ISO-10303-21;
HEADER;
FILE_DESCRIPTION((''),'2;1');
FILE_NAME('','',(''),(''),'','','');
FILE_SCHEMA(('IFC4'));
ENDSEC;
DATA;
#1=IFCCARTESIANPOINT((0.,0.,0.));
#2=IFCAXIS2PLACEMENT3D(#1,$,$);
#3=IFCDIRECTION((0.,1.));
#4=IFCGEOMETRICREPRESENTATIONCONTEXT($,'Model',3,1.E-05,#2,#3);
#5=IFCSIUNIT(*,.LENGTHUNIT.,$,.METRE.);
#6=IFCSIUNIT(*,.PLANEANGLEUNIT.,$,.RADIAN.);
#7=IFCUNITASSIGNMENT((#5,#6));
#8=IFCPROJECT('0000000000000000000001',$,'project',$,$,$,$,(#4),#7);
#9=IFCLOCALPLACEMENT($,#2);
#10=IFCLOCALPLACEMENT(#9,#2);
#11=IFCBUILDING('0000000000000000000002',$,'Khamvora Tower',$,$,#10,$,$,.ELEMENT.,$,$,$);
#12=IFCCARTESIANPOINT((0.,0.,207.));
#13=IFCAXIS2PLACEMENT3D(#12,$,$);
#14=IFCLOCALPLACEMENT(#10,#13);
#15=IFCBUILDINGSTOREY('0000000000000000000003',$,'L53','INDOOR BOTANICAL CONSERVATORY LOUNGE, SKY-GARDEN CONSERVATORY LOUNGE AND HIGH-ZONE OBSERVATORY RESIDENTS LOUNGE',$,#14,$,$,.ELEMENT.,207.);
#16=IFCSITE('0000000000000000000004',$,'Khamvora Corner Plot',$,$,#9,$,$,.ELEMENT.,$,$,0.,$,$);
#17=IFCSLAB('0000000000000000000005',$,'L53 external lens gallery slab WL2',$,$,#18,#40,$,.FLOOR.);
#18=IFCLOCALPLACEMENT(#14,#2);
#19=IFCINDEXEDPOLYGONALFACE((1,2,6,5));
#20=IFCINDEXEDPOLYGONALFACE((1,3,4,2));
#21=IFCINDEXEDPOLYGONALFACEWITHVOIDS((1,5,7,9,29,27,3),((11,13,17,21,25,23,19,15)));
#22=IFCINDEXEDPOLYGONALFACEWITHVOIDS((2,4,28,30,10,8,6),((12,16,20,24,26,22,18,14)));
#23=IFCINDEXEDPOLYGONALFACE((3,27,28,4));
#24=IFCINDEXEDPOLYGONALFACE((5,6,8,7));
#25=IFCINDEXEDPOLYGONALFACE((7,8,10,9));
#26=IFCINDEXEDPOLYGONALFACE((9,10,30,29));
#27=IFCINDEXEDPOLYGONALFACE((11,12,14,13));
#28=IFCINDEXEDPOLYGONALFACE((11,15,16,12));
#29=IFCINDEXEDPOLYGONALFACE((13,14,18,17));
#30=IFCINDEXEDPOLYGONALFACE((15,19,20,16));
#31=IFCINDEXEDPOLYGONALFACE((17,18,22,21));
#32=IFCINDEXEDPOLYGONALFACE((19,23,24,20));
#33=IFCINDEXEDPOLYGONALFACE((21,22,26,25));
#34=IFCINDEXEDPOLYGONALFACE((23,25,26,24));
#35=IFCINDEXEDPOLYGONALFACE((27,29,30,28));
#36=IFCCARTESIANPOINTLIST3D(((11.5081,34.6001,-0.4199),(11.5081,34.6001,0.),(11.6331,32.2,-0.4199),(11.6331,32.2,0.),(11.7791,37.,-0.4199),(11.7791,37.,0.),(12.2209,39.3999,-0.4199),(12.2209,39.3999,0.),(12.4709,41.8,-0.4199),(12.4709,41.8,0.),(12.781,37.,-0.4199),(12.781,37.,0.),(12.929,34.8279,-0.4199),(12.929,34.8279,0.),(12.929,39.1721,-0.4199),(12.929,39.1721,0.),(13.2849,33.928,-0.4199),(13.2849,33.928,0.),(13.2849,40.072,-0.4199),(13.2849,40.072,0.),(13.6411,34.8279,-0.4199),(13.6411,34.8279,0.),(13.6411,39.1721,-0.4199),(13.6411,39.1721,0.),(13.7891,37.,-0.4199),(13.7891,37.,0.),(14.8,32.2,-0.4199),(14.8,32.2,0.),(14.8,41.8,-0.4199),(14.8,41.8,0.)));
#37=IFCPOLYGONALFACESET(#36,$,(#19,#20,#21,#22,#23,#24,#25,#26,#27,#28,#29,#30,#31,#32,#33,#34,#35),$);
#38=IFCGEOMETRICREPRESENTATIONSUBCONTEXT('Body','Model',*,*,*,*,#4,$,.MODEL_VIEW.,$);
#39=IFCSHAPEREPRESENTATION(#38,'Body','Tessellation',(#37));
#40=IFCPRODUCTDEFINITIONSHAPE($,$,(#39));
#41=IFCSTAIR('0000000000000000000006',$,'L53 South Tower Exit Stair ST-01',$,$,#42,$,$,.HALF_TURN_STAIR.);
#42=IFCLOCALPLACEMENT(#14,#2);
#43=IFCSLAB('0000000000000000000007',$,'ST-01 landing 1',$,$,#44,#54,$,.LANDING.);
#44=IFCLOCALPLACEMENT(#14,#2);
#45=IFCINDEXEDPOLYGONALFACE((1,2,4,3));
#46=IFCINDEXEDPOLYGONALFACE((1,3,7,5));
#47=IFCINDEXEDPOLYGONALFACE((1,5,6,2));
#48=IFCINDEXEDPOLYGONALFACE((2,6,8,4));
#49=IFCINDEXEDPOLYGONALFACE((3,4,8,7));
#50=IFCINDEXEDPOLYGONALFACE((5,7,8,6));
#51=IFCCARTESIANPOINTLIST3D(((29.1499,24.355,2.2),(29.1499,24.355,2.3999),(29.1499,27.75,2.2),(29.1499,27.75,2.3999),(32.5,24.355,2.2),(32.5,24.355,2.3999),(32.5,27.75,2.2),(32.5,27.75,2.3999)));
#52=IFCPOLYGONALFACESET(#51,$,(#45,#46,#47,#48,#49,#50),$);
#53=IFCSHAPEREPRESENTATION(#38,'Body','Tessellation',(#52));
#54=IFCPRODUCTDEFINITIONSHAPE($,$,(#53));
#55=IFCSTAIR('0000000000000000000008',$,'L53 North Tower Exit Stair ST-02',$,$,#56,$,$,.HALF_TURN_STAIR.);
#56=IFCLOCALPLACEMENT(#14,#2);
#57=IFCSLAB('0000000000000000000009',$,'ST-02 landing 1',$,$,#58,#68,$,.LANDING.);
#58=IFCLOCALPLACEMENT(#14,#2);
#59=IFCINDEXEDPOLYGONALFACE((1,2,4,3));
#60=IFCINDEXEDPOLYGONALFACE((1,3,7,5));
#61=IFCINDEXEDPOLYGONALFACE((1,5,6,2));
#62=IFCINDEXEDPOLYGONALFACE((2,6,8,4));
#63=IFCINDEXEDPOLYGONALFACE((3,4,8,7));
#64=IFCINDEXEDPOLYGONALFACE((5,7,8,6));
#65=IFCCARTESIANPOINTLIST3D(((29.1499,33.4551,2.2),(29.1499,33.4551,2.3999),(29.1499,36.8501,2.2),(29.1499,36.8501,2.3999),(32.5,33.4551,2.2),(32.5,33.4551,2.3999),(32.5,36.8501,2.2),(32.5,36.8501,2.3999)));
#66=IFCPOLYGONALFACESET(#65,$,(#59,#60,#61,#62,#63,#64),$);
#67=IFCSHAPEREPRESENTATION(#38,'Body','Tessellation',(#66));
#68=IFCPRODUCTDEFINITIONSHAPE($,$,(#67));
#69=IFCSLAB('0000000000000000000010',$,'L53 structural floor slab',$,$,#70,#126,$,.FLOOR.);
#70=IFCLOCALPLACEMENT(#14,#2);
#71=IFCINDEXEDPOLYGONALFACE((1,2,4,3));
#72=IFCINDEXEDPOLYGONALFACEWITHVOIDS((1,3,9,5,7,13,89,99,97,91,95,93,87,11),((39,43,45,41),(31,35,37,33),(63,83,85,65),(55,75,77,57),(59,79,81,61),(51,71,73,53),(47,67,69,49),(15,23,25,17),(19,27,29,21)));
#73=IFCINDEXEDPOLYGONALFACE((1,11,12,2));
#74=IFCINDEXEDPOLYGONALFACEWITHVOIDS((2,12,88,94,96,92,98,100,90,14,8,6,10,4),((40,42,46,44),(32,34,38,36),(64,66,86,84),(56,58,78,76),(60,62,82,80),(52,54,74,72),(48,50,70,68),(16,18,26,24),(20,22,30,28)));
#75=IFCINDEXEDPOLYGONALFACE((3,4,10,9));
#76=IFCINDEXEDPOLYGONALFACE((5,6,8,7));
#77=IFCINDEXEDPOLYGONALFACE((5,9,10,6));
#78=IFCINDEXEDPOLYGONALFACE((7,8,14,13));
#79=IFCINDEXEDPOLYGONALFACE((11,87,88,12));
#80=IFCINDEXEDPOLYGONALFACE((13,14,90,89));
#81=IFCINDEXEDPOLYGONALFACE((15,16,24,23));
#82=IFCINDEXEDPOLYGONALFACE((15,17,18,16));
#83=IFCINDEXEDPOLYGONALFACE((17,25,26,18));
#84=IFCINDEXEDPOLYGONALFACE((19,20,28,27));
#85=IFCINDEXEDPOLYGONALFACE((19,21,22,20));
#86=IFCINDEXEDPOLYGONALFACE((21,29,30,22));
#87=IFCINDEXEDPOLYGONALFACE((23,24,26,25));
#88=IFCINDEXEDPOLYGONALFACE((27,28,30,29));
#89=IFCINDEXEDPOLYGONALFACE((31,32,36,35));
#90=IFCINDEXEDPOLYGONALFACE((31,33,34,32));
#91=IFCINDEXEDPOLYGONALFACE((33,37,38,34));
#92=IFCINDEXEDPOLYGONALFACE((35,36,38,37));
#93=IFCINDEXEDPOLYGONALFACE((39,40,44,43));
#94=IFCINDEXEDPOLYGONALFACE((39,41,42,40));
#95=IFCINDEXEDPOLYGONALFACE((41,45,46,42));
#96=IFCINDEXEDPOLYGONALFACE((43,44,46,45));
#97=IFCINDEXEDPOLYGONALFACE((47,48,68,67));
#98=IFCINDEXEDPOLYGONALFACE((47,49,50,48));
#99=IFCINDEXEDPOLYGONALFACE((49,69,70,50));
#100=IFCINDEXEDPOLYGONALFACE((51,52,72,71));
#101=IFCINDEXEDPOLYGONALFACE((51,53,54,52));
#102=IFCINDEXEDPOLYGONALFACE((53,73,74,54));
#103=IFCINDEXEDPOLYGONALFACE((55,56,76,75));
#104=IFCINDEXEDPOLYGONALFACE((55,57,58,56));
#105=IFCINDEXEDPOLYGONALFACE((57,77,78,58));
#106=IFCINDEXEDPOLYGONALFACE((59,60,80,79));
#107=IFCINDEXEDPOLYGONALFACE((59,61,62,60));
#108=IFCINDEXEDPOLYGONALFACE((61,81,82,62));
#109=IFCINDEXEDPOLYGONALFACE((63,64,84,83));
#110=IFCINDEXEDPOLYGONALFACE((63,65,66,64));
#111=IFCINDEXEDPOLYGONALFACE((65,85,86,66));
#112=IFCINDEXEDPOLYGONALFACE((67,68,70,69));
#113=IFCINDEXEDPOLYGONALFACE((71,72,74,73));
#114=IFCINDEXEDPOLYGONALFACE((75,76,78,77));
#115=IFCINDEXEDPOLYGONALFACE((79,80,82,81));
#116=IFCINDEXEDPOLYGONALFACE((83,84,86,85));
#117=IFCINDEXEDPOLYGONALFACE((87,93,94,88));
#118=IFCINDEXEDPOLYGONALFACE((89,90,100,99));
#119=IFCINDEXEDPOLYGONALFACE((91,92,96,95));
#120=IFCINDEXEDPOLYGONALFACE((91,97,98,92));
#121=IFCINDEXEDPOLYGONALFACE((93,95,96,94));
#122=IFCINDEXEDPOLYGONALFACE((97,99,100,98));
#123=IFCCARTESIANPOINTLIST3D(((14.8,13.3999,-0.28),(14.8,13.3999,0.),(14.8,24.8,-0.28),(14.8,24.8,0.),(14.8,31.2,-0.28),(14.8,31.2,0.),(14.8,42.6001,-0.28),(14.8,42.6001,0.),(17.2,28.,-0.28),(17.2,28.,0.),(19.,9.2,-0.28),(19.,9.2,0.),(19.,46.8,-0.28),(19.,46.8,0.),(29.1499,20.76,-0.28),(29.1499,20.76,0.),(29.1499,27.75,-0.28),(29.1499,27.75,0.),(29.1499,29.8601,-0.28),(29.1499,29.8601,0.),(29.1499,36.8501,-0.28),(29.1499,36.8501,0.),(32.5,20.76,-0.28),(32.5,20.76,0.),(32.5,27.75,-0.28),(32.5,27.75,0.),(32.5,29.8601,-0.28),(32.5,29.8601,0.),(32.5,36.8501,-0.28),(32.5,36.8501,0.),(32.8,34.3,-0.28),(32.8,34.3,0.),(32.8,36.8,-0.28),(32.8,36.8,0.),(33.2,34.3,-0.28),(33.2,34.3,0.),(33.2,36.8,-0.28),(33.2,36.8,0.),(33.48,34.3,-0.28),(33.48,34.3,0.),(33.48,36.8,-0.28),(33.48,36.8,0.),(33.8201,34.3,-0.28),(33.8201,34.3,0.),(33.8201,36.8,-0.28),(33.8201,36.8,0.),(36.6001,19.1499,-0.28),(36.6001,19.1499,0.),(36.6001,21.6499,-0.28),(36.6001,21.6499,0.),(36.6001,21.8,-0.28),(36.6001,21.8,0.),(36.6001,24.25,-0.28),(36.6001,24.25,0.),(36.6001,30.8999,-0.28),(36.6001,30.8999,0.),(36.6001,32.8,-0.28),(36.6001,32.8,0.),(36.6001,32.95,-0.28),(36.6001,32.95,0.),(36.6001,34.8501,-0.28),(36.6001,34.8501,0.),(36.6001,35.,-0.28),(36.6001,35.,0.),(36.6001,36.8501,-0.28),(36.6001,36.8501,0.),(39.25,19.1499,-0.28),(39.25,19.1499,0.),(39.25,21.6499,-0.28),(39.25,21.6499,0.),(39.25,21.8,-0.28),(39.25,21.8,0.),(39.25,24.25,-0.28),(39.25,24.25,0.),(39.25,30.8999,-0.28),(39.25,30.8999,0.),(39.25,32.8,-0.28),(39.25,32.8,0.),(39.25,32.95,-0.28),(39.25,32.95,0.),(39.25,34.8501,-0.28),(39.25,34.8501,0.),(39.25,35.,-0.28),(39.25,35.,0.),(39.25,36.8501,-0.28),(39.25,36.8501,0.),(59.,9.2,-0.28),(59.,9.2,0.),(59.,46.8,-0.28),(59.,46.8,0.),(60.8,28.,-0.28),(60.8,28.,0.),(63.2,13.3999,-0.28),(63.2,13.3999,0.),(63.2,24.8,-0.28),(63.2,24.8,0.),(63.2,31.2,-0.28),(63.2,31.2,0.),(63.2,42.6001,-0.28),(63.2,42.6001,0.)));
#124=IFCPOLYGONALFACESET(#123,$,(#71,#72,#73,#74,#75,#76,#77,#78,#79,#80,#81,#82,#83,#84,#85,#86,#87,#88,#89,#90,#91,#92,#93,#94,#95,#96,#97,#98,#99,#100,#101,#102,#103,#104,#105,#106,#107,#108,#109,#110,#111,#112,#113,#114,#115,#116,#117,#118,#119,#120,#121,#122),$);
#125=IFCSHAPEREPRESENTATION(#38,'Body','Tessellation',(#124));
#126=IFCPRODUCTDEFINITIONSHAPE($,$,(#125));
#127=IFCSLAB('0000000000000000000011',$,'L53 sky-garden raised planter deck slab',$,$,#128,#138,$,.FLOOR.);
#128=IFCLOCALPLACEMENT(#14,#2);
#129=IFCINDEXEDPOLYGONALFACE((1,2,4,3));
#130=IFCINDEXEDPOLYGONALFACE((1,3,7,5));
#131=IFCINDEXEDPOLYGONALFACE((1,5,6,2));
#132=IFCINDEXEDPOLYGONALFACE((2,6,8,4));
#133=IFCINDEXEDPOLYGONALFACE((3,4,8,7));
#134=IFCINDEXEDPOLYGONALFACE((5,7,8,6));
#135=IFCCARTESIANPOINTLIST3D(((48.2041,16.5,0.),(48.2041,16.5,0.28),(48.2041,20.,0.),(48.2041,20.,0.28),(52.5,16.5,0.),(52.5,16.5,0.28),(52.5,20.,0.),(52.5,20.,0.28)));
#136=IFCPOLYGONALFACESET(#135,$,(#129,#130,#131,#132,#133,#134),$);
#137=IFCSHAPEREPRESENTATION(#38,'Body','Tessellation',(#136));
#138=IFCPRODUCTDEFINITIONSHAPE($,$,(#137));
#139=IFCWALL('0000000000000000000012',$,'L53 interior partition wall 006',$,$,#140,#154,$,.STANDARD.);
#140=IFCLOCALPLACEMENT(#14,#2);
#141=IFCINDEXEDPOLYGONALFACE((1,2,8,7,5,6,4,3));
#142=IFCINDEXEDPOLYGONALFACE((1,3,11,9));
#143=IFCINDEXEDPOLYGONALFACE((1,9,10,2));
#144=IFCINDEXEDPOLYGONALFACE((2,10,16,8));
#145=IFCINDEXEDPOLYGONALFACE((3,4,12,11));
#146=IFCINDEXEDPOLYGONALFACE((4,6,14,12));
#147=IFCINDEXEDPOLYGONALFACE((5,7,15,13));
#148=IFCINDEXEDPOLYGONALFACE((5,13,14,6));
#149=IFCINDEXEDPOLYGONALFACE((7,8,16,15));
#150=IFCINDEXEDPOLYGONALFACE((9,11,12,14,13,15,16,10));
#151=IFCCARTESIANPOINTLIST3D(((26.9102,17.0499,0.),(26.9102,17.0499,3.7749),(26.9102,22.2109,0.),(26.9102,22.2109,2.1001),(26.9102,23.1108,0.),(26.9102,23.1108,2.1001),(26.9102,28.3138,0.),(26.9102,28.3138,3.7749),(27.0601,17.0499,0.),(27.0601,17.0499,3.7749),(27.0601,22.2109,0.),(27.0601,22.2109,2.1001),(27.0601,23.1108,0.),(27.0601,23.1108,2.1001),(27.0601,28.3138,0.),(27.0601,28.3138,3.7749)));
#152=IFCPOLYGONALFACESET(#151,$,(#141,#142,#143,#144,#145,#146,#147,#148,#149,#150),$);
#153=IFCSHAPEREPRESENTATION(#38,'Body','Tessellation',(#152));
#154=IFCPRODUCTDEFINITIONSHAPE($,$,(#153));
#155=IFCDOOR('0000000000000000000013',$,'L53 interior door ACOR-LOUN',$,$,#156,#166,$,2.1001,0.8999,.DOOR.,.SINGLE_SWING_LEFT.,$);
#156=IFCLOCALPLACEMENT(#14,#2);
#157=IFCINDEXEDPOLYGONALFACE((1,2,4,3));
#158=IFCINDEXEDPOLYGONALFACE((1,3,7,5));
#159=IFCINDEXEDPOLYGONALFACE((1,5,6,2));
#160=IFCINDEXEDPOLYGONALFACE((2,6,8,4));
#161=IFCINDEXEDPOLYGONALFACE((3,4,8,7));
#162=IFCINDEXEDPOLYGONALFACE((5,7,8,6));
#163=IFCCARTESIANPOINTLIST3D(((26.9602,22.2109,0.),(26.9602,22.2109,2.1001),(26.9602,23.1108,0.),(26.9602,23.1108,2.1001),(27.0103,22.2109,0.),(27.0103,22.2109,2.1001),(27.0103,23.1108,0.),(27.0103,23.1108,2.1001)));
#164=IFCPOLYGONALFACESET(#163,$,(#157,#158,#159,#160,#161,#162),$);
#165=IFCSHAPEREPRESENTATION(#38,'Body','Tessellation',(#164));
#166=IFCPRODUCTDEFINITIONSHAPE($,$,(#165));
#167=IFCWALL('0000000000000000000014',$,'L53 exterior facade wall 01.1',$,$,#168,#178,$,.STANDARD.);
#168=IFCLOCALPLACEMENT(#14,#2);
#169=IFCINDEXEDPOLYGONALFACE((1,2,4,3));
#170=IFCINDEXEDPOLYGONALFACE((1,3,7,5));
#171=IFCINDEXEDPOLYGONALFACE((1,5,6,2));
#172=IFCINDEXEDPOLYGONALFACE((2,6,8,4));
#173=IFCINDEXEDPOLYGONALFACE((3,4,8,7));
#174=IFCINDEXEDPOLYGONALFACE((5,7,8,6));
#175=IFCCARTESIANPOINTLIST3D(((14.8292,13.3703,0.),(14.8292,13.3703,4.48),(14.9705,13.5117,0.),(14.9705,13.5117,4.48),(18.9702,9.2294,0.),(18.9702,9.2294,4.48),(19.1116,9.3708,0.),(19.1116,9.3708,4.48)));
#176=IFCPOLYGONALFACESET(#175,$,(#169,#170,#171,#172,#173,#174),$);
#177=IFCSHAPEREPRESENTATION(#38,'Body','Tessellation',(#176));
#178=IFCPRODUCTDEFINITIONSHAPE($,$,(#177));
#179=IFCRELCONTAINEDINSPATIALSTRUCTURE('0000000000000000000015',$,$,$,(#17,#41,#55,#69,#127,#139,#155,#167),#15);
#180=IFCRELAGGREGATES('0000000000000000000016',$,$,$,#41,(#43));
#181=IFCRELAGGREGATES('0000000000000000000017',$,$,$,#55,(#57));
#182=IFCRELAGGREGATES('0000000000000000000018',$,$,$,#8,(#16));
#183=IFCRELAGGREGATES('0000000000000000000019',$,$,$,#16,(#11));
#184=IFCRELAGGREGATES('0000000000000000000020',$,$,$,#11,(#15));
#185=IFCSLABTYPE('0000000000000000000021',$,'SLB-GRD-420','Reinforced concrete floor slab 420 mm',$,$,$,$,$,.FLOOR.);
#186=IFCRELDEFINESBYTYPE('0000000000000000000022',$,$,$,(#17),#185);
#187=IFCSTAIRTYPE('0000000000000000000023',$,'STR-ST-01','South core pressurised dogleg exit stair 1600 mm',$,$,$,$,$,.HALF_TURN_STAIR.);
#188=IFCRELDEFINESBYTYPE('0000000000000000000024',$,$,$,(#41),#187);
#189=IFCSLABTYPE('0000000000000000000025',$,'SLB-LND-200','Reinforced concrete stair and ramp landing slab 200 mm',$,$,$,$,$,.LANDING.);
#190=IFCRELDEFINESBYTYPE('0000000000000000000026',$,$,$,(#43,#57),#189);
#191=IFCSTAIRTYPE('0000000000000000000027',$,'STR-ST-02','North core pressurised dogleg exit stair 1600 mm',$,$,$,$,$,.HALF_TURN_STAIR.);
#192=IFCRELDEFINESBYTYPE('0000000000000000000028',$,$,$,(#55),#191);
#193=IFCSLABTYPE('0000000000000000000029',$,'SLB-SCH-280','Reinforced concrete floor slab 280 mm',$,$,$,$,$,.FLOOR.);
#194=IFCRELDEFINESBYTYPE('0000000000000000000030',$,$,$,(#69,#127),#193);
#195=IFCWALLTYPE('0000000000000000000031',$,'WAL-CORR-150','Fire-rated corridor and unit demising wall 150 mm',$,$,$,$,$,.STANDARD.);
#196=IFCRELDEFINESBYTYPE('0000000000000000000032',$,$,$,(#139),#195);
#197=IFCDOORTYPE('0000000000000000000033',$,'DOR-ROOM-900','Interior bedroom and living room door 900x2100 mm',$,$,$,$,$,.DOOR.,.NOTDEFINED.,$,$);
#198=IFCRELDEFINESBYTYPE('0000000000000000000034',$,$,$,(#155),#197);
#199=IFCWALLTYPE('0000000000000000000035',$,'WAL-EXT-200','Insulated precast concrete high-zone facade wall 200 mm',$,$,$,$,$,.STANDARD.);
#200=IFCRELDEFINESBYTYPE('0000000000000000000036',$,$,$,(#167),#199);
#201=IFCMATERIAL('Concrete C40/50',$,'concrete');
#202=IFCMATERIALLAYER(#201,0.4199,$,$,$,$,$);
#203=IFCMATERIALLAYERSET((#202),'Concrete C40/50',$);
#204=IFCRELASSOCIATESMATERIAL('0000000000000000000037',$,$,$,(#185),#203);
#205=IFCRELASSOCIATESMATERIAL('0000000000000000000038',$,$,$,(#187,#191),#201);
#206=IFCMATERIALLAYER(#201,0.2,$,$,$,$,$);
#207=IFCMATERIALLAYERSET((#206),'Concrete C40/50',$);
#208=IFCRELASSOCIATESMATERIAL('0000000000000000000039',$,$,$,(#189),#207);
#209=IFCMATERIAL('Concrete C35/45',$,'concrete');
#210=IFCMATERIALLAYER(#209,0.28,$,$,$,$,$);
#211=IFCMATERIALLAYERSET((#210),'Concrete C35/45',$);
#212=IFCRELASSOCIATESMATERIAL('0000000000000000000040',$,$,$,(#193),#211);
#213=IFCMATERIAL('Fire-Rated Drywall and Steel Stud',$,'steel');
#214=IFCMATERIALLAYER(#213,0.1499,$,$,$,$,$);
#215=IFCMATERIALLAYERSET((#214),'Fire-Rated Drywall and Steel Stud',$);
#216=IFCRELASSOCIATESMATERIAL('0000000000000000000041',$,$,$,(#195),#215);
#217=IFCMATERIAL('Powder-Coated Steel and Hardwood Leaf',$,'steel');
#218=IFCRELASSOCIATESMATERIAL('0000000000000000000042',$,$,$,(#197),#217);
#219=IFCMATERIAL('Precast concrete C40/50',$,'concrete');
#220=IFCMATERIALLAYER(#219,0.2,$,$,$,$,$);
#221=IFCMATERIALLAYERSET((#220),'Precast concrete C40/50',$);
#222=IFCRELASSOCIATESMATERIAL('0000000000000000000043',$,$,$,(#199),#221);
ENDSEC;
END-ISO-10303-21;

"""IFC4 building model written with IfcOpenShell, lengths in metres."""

from ifc_helpers import new_model, si_unit, direction, frame, frame_2d, origin, place, context, subcontext, project, spatial, polyline, rectangle, outline, extrude, material, layer, layer_set, type_object, element, fill, aggregate, save


model = new_model("IFC4")

# Units and contexts
model_context = context("Model", 3, precision=1e-05, world=origin(), true_north=direction((0.0, 1.0)))
body_context = subcontext(model_context, "Body", "Model", "MODEL_VIEW")
ifc_project = project(units=[si_unit("LENGTHUNIT", "METRE"), si_unit("PLANEANGLEUNIT", "RADIAN")], contexts=[model_context])

# Site, building, storey
site_placement = place(None, origin())
site = spatial("IfcSite", under=ifc_project, at=site_placement, Name="Khamvora Corner Plot", CompositionType="ELEMENT", RefElevation=0.0)
building_placement = place(site_placement, origin())
building = spatial("IfcBuilding", under=site, at=building_placement, Name="Khamvora Tower", CompositionType="ELEMENT")
storey_placement = place(building_placement, frame((0.0, 0.0, 207.0)))
storey = spatial("IfcBuildingStorey", under=building, at=storey_placement, Name="L53", Description="INDOOR BOTANICAL CONSERVATORY LOUNGE, SKY-GARDEN CONSERVATORY LOUNGE AND HIGH-ZONE OBSERVATORY RESIDENTS LOUNGE", CompositionType="ELEMENT", Elevation=207.0)

# Slab
ifc_material_1 = material(Name="Concrete C40/50", Category="concrete")
ifc_layer_1 = layer(ifc_material_1, 0.4199)
ifc_layer_set_1 = layer_set([ifc_layer_1], Name="Concrete C40/50")
slab_type_1 = type_object("IfcSlabType", Name="SLB-GRD-420", Description="Reinforced concrete floor slab 420 mm", PredefinedType="FLOOR", material=ifc_layer_set_1)
slab_1_placement = place(storey_placement, frame((0.0, 0.0, -0.4199)))
element("IfcSlab", 1, at=slab_1_placement, inside=storey, type_object=slab_type_1, Name="L53 external lens gallery slab WL2", PredefinedType="FLOOR", context=body_context, shape_type="SweptSolid", body=[
    extrude(outline(polyline([(14.8, 32.2), (14.8, 41.8), (12.4709, 41.8), (12.2209, 39.3999), (11.7791, 37.0), (11.5081, 34.6001), (11.6331, 32.2), (14.8, 32.2)]), holes=[polyline([(13.7891, 37.0), (13.6411, 39.1721), (13.2849, 40.072), (12.929, 39.1721), (12.781, 37.0), (12.929, 34.8279), (13.2849, 33.928), (13.6411, 34.8279), (13.7891, 37.0)])]), origin(), (0.0, 0.0, 1.0), 0.4199),
])

# Stairs, slabs
stair_type_1 = type_object("IfcStairType", Name="STR-ST-01", Description="South core pressurised dogleg exit stair 1600 mm", PredefinedType="HALF_TURN_STAIR", material=ifc_material_1)
stair_1_placement = place(storey_placement, origin())
stair_1 = element("IfcStair", 2, at=stair_1_placement, inside=storey, type_object=stair_type_1, Name="L53 South Tower Exit Stair ST-01", PredefinedType="HALF_TURN_STAIR")
ifc_layer_2 = layer(ifc_material_1, 0.2)
ifc_layer_set_2 = layer_set([ifc_layer_2], Name="Concrete C40/50")
slab_type_2 = type_object("IfcSlabType", Name="SLB-LND-200", Description="Reinforced concrete stair and ramp landing slab 200 mm", PredefinedType="LANDING", material=ifc_layer_set_2)
slab_2_placement = place(storey_placement, frame((0.0, 0.0, 2.2)))
slab_2 = element("IfcSlab", 3, at=slab_2_placement, type_object=slab_type_2, Name="ST-01 landing 1", PredefinedType="LANDING", context=body_context, shape_type="SweptSolid", body=[
    extrude(outline(polyline([(32.5, 24.355), (32.5, 27.75), (29.1499, 27.75), (29.1499, 24.355), (32.5, 24.355)])), origin(), (0.0, 0.0, 1.0), 0.2),
])
aggregate(stair_1, [slab_2])
stair_type_2 = type_object("IfcStairType", Name="STR-ST-02", Description="North core pressurised dogleg exit stair 1600 mm", PredefinedType="HALF_TURN_STAIR", material=ifc_material_1)
stair_2_placement = place(storey_placement, origin())
stair_2 = element("IfcStair", 4, at=stair_2_placement, inside=storey, type_object=stair_type_2, Name="L53 North Tower Exit Stair ST-02", PredefinedType="HALF_TURN_STAIR")
slab_3_placement = place(storey_placement, frame((0.0, 0.0, 2.2)))
slab_3 = element("IfcSlab", 5, at=slab_3_placement, type_object=slab_type_2, Name="ST-02 landing 1", PredefinedType="LANDING", context=body_context, shape_type="SweptSolid", body=[
    extrude(outline(polyline([(32.5, 33.4551), (32.5, 36.8501), (29.1499, 36.8501), (29.1499, 33.4551), (32.5, 33.4551)])), origin(), (0.0, 0.0, 1.0), 0.2),
])
aggregate(stair_2, [slab_3])

# Slabs
ifc_material_2 = material(Name="Concrete C35/45", Category="concrete")
ifc_layer_3 = layer(ifc_material_2, 0.28)
ifc_layer_set_3 = layer_set([ifc_layer_3], Name="Concrete C35/45")
slab_type_3 = type_object("IfcSlabType", Name="SLB-SCH-280", Description="Reinforced concrete floor slab 280 mm", PredefinedType="FLOOR", material=ifc_layer_set_3)
slab_4_placement = place(storey_placement, frame((0.0, 0.0, -0.28)))
element("IfcSlab", 6, at=slab_4_placement, inside=storey, type_object=slab_type_3, Name="L53 structural floor slab", PredefinedType="FLOOR", context=body_context, shape_type="SweptSolid", body=[
    extrude(outline(polyline([(19.0, 9.2), (59.0, 9.2), (63.2, 13.3999), (63.2, 24.8), (60.8, 28.0), (63.2, 31.2), (63.2, 42.6001), (59.0, 46.8), (19.0, 46.8), (14.8, 42.6001), (14.8, 31.2), (17.2, 28.0), (14.8, 24.8), (14.8, 13.3999), (19.0, 9.2)]), holes=[polyline([(32.5, 20.76), (32.5, 27.75), (29.1499, 27.75), (29.1499, 20.76), (32.5, 20.76)]), polyline([(32.5, 29.8601), (32.5, 36.8501), (29.1499, 36.8501), (29.1499, 29.8601), (32.5, 29.8601)]), polyline([(36.6001, 19.1499), (39.25, 19.1499), (39.25, 21.6499), (36.6001, 21.6499), (36.6001, 19.1499)]), polyline([(36.6001, 21.8), (39.25, 21.8), (39.25, 24.25), (36.6001, 24.25), (36.6001, 21.8)]), polyline([(36.6001, 30.8999), (39.25, 30.8999), (39.25, 32.8), (36.6001, 32.8), (36.6001, 30.8999)]), polyline([(36.6001, 32.95), (39.25, 32.95), (39.25, 34.8501), (36.6001, 34.8501), (36.6001, 32.95)]), polyline([(36.6001, 35.0), (39.25, 35.0), (39.25, 36.8501), (36.6001, 36.8501), (36.6001, 35.0)]), polyline([(32.8, 34.3), (33.2, 34.3), (33.2, 36.8), (32.8, 36.8), (32.8, 34.3)]), polyline([(33.48, 34.3), (33.8201, 34.3), (33.8201, 36.8), (33.48, 36.8), (33.48, 34.3)])]), origin(), (0.0, 0.0, 1.0), 0.28),
])
slab_5_placement = place(storey_placement, origin())
element("IfcSlab", 7, at=slab_5_placement, inside=storey, type_object=slab_type_3, Name="L53 sky-garden raised planter deck slab", PredefinedType="FLOOR", context=body_context, shape_type="SweptSolid", body=[
    extrude(outline(polyline([(48.2041, 16.5), (52.5, 16.5), (52.5, 20.0), (48.2041, 20.0), (48.2041, 16.5)])), origin(), (0.0, 0.0, 1.0), 0.28),
])

# Wall, opening, door
ifc_material_3 = material(Name="Fire-Rated Drywall and Steel Stud", Category="steel")
ifc_layer_4 = layer(ifc_material_3, 0.1499)
ifc_layer_set_4 = layer_set([ifc_layer_4], Name="Fire-Rated Drywall and Steel Stud")
wall_type_1 = type_object("IfcWallType", Name="WAL-CORR-150", Description="Fire-rated corridor and unit demising wall 150 mm", PredefinedType="STANDARD", material=ifc_layer_set_4)
wall_1_placement = place(storey_placement, frame((26.9851, 17.05, 0.0), z_axis=(0.0, 0.0, 1.0), x_axis=(0.0, 1.0, 0.0)))
wall_1 = element("IfcWall", 8, at=wall_1_placement, inside=storey, type_object=wall_type_1, Name="L53 interior partition wall 006", PredefinedType="STANDARD", context=body_context, shape_type="SweptSolid", body=[
    extrude(rectangle(XDim=11.2639, YDim=0.1499, at=frame_2d((5.6318, 0.0))), origin(), (0.0, 0.0, 1.0), 3.7749),
])
opening_1_placement = place(wall_1_placement, frame((5.1609, 0.0, 0.0)))
opening_1 = element("IfcOpeningElement", 9, at=opening_1_placement, cuts=wall_1, PredefinedType="OPENING", context=body_context, shape_type="SweptSolid", body=[
    extrude(rectangle(XDim=0.8999, YDim=2.1001, at=frame_2d((0.45, 1.05))), frame((0.0, 0.085, 0.0), z_axis=(0.0, -1.0, 0.0), x_axis=(1.0, 0.0, 0.0)), (0.0, 0.0, 1.0), 0.1699),
])
ifc_material_4 = material(Name="Powder-Coated Steel and Hardwood Leaf", Category="steel")
door_type_1 = type_object("IfcDoorType", Name="DOR-ROOM-900", Description="Interior bedroom and living room door 900x2100 mm", OperationType="NOTDEFINED", PredefinedType="DOOR", material=ifc_material_4)
door_1_placement = place(opening_1_placement, origin())
door_1 = element("IfcDoor", 10, at=door_1_placement, inside=storey, type_object=door_type_1, Name="L53 interior door ACOR-LOUN", OperationType="SINGLE_SWING_LEFT", OverallHeight=2.1001, OverallWidth=0.8999, PredefinedType="DOOR", context=body_context, shape_type="SweptSolid", body=[
    extrude(rectangle(XDim=0.8999, YDim=2.1001, at=frame_2d((0.45, 1.05))), frame((0.0, 0.0249, 0.0), z_axis=(0.0, -1.0, 0.0), x_axis=(1.0, 0.0, 0.0)), (0.0, 0.0, 1.0), 0.05),
])
fill(opening_1, door_1)

# Wall
ifc_material_5 = material(Name="Precast concrete C40/50", Category="concrete")
ifc_layer_5 = layer(ifc_material_5, 0.2)
ifc_layer_set_5 = layer_set([ifc_layer_5], Name="Precast concrete C40/50")
wall_type_2 = type_object("IfcWallType", Name="WAL-EXT-200", Description="Insulated precast concrete high-zone facade wall 200 mm", PredefinedType="STANDARD", material=ifc_layer_set_5)
wall_2_placement = place(storey_placement, frame((19.041, 9.3, 0.0), z_axis=(0.0, 0.0, 1.0), x_axis=(-0.707128, 0.707086, 0.0)))
element("IfcWall", 11, at=wall_2_placement, inside=storey, type_object=wall_type_2, Name="L53 exterior facade wall 01.1", PredefinedType="STANDARD", context=body_context, shape_type="SweptSolid", body=[
    extrude(rectangle(XDim=5.8562, YDim=0.2, at=frame_2d((2.9282, 0.0))), origin(), (0.0, 0.0, 1.0), 4.48),
])

save(model, "model.ifc")
